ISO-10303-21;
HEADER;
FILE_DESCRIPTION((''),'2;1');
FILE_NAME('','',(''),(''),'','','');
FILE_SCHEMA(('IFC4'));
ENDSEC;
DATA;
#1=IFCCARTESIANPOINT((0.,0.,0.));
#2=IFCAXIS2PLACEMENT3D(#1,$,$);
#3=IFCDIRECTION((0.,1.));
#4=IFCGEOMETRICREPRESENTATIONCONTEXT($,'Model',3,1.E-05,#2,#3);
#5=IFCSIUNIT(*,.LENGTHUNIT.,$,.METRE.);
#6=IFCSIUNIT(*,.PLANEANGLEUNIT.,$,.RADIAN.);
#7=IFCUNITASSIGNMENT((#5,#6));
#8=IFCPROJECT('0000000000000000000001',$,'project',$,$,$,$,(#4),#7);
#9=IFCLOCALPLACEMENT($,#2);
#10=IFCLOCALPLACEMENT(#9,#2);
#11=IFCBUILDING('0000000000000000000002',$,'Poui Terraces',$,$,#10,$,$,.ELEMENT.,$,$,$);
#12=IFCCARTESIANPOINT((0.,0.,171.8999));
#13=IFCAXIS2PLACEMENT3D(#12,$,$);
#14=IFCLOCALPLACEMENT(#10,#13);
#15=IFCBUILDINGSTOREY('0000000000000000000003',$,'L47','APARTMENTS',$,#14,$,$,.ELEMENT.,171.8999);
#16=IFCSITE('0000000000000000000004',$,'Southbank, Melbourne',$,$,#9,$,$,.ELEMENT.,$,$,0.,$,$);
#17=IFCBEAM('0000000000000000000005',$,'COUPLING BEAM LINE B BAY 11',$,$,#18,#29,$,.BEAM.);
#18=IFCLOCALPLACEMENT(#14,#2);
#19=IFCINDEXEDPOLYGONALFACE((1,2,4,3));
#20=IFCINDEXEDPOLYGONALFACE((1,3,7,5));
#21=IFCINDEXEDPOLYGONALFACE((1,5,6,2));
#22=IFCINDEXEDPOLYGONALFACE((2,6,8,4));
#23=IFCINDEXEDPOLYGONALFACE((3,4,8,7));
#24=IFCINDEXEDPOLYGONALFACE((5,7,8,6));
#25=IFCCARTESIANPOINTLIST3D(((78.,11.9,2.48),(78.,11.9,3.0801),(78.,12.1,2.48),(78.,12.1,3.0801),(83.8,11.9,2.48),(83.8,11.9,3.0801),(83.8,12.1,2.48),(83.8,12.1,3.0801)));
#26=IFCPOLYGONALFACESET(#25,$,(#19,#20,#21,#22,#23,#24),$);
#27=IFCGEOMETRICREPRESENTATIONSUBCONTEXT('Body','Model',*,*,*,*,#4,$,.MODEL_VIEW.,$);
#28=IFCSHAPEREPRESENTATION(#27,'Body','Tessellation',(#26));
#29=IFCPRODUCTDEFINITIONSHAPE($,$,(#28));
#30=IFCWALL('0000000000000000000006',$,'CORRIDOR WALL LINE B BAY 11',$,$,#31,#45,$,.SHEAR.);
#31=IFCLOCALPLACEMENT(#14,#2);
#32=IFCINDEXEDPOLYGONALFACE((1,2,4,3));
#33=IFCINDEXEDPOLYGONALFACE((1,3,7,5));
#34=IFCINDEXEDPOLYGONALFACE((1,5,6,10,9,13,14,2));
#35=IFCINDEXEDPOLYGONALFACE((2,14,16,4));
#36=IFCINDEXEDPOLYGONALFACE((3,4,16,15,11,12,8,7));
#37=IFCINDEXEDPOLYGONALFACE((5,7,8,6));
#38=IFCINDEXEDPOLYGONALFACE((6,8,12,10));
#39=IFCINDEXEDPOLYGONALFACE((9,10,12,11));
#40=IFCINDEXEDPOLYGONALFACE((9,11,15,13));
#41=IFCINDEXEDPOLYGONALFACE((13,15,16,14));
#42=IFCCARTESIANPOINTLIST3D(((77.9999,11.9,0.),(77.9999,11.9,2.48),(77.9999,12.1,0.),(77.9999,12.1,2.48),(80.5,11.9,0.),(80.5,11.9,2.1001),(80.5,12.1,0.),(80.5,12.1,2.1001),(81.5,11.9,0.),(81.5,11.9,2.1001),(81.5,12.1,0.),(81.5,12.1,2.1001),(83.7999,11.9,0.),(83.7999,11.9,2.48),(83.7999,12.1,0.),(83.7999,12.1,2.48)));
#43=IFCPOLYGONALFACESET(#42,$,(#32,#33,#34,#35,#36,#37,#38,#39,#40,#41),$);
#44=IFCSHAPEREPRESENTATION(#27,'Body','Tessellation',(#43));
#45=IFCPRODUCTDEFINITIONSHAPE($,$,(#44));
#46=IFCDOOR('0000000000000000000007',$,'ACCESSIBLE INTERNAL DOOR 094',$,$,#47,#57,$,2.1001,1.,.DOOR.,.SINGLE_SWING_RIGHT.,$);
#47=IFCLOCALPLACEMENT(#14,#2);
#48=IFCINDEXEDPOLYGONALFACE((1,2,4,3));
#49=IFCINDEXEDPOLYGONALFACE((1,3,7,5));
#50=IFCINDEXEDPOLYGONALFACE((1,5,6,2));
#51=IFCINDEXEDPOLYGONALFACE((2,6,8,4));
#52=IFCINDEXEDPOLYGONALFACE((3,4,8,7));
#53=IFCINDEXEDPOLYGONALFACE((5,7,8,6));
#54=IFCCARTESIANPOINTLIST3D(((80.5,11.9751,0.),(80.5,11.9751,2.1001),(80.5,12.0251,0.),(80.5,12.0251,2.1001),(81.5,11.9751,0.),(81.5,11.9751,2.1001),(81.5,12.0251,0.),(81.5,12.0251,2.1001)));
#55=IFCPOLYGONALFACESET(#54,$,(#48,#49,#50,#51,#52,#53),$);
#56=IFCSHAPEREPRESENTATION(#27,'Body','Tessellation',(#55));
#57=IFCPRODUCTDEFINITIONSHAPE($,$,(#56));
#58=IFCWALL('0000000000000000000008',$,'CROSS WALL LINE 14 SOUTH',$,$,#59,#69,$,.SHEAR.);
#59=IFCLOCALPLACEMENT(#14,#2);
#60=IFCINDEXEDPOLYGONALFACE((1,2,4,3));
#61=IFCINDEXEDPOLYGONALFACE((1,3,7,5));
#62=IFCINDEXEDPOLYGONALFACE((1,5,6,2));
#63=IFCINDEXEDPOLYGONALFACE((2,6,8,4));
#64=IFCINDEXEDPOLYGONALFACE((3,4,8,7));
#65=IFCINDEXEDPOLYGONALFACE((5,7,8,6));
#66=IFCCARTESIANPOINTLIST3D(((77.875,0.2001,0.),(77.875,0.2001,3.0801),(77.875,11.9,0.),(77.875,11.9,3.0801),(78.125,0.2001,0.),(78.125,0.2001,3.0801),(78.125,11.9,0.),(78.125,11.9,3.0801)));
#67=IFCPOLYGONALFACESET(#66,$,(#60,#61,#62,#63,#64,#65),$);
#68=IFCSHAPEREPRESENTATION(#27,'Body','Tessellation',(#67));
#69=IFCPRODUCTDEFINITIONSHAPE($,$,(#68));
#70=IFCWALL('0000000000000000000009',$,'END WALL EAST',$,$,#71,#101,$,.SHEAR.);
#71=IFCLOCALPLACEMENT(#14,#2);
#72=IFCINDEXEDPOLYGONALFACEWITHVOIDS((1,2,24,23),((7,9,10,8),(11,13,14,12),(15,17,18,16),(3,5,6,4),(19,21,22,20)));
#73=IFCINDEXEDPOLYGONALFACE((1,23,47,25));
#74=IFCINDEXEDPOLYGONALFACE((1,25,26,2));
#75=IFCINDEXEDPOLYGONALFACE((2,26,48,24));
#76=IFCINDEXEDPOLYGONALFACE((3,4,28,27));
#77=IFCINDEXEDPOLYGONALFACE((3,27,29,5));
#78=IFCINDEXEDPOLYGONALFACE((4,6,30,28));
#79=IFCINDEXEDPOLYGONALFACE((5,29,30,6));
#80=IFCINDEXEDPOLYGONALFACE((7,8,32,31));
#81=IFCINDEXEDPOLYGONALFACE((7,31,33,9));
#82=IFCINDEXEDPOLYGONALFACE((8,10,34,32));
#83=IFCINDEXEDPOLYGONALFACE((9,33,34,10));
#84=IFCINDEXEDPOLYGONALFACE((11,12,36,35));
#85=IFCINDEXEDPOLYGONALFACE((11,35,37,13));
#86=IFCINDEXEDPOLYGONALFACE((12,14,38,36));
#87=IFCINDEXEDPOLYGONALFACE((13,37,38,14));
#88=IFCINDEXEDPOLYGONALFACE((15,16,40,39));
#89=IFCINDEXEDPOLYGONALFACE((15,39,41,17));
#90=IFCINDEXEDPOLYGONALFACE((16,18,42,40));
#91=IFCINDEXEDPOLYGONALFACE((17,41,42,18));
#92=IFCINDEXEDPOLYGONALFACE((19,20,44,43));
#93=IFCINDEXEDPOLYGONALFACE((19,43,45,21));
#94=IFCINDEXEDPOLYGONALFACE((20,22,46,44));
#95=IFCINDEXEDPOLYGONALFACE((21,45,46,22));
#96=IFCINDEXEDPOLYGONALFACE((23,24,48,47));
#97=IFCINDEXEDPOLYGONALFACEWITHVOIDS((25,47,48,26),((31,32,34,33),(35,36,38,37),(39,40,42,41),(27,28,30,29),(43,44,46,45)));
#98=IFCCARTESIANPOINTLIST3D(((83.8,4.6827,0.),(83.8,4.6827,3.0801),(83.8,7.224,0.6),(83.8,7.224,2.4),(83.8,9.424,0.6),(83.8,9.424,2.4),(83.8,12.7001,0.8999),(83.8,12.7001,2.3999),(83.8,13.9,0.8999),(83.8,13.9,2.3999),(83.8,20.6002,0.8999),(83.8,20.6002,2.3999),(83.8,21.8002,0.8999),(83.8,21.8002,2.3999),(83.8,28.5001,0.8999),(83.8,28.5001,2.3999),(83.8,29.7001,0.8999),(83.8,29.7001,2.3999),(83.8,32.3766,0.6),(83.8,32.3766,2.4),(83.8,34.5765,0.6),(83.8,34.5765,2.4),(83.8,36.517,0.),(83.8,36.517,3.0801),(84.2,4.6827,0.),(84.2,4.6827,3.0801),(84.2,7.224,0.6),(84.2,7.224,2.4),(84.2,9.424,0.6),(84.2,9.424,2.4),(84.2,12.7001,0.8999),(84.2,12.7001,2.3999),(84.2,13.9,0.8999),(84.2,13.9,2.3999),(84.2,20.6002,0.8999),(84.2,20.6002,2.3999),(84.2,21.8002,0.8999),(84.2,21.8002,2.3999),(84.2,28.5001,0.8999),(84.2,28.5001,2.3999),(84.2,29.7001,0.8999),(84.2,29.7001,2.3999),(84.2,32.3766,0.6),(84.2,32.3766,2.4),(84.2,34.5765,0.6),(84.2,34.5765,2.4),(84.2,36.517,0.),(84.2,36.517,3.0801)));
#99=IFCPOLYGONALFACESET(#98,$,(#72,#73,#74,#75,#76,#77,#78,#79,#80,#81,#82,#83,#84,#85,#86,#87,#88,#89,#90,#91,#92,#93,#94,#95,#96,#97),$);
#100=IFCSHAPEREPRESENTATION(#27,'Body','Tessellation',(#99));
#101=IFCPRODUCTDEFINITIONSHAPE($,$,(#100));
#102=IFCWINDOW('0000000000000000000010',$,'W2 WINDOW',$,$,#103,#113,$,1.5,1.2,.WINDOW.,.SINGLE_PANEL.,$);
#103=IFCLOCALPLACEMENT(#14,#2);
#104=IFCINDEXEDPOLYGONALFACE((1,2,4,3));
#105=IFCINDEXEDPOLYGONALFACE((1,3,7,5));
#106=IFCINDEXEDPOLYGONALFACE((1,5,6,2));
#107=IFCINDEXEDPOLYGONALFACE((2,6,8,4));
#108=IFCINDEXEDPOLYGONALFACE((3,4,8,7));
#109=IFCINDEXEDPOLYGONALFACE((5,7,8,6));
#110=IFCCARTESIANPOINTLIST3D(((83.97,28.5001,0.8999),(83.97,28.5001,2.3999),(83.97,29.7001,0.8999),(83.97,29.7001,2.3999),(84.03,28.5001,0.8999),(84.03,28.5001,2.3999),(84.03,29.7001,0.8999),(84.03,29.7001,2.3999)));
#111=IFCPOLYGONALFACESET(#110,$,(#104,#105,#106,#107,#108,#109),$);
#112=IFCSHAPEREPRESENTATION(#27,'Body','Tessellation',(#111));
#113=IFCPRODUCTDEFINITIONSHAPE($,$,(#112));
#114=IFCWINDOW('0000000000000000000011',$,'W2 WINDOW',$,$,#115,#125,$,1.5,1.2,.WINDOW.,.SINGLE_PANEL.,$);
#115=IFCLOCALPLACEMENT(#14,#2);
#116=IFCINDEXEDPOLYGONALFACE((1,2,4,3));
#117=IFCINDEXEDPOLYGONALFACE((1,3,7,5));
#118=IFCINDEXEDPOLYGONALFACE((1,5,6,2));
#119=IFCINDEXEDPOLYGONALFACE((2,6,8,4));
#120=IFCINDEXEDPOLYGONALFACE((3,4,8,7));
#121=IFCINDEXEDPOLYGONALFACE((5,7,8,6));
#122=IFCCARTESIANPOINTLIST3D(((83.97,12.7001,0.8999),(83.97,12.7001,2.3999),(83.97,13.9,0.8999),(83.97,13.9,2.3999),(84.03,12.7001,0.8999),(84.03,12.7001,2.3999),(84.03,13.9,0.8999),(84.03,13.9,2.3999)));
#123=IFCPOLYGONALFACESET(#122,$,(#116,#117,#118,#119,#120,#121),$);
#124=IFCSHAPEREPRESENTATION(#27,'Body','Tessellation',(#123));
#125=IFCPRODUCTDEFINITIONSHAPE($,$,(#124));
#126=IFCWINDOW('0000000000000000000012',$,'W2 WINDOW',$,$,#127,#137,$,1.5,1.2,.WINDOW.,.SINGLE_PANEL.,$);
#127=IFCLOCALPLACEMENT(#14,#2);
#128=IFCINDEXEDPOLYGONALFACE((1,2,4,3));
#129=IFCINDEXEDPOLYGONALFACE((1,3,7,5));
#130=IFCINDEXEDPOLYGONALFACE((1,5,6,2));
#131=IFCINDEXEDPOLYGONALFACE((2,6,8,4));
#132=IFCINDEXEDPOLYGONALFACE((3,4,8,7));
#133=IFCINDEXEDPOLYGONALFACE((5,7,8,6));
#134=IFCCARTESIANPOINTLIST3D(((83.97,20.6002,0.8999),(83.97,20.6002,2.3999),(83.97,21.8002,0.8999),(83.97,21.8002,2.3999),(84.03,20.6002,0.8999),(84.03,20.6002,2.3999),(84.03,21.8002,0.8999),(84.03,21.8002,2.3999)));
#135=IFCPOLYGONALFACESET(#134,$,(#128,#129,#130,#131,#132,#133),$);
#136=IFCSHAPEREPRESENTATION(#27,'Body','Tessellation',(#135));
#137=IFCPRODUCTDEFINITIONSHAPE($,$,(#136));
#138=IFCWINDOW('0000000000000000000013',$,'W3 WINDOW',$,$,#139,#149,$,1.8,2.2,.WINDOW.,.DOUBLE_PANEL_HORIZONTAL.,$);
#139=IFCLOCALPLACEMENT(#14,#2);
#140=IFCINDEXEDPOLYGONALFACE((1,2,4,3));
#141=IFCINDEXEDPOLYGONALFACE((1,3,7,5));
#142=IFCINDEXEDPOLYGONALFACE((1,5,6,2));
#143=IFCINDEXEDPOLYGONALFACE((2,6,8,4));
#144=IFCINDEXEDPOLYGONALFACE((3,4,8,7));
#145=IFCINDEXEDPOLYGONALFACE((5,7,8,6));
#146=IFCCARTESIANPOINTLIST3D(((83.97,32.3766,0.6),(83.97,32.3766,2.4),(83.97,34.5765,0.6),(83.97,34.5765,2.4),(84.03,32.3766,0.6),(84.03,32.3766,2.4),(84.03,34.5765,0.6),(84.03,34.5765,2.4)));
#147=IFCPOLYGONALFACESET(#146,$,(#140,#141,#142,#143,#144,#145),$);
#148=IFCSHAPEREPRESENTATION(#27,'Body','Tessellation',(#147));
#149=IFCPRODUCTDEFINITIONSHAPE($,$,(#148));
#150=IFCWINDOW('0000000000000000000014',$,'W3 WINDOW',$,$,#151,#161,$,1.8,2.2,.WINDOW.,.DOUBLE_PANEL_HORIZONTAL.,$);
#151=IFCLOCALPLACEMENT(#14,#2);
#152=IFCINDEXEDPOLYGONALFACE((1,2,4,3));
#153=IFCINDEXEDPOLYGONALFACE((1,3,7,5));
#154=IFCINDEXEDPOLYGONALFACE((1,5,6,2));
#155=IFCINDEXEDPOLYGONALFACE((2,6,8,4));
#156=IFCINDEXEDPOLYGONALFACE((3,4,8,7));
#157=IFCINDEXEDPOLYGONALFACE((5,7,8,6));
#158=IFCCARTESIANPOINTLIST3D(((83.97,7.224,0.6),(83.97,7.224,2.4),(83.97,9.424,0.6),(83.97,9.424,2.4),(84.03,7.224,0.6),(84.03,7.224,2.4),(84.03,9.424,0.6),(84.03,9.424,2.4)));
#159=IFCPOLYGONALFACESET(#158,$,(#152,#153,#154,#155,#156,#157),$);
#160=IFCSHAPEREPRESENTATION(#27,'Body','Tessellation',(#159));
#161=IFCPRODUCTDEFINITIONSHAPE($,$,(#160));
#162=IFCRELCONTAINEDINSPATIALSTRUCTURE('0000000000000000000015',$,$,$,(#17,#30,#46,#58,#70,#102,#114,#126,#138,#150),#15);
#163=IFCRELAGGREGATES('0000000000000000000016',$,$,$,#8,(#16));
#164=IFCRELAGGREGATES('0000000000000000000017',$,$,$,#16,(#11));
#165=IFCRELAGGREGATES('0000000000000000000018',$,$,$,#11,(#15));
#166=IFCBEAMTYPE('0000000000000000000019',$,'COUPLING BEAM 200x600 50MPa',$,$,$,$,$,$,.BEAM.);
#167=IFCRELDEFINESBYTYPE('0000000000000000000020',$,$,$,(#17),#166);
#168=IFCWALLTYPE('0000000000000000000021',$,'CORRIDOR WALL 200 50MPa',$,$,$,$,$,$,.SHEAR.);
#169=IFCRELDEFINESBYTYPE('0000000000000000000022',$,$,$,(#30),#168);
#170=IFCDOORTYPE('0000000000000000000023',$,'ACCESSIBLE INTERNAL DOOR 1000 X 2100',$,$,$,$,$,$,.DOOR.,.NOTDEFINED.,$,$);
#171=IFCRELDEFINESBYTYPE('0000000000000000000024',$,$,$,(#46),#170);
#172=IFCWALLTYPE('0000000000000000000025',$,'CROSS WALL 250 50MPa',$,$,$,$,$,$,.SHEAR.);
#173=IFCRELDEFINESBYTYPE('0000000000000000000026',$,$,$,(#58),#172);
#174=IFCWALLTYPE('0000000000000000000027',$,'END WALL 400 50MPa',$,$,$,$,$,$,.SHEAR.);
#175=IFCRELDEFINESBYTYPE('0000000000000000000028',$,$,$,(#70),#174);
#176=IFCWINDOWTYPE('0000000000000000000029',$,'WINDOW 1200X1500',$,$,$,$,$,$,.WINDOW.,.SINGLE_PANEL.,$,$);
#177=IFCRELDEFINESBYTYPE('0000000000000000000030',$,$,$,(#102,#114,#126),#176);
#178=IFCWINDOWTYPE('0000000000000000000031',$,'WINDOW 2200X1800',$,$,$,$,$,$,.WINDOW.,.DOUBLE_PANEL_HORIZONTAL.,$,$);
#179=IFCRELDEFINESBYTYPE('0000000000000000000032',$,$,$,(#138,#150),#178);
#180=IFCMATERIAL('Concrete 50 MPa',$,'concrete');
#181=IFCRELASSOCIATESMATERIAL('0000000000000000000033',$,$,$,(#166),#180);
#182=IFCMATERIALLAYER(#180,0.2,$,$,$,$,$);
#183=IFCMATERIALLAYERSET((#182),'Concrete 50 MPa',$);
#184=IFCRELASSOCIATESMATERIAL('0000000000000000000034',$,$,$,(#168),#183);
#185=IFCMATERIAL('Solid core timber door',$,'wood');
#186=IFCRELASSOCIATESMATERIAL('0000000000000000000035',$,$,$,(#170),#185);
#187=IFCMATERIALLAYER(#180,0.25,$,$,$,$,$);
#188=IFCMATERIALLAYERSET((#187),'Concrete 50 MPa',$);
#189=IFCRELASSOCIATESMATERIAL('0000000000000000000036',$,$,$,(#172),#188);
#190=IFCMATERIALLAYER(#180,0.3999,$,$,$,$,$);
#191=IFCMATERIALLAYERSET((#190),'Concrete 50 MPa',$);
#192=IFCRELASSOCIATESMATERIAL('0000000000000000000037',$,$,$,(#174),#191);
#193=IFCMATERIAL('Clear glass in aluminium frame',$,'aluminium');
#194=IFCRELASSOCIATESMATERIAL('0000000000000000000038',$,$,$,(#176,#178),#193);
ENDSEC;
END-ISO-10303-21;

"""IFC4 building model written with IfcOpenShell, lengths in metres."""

from ifc_helpers import new_model, si_unit, direction, frame, frame_2d, origin, origin_2d, place, context, subcontext, project, spatial, rectangle, extrude, source, transform, mapped, material, layer, layer_set, material_profile, profile_set, type_object, element, fill, save


model = new_model("IFC4")

# Units and contexts
model_context = context("Model", 3, precision=1e-05, world=origin(), true_north=direction((0.0, 1.0)))
body_context = subcontext(model_context, "Body", "Model", "MODEL_VIEW")
ifc_project = project(units=[si_unit("LENGTHUNIT", "METRE"), si_unit("PLANEANGLEUNIT", "RADIAN")], contexts=[model_context])

# Site, building, storey
site_placement = place(None, origin())
site = spatial("IfcSite", under=ifc_project, at=site_placement, Name="Southbank, Melbourne", CompositionType="ELEMENT", RefElevation=0.0)
building_placement = place(site_placement, origin())
building = spatial("IfcBuilding", under=site, at=building_placement, Name="Poui Terraces", CompositionType="ELEMENT")
storey_placement = place(building_placement, frame((0.0, 0.0, 171.8999)))
storey = spatial("IfcBuildingStorey", under=building, at=storey_placement, Name="L47", Description="APARTMENTS", CompositionType="ELEMENT", Elevation=171.8999)

# Beam
ifc_material_1 = material(Name="Concrete 50 MPa", Category="concrete")
ifc_material_profile_1 = material_profile(ifc_material_1, rectangle(XDim=0.2, YDim=0.6001, at=origin_2d()), Name="RC 200x600")
ifc_profile_set_1 = profile_set([ifc_material_profile_1], Name="Concrete 50 MPa")
beam_type = type_object("IfcBeamType", Name="COUPLING BEAM 200x600 50MPa", PredefinedType="BEAM", material=ifc_profile_set_1)
shared_shape_1 = source(origin(), body_context, "Body", "SweptSolid", [
    extrude(rectangle(XDim=0.2, YDim=0.6001, at=origin_2d()), origin(), (0.0, 0.0, 1.0), 5.8),
])
beam_placement = place(storey_placement, frame((78.0, 12.0, 2.78), z_axis=(1.0, 0.0, 0.0), x_axis=(0.0, 1.0, 0.0)))
element("IfcBeam", 1, at=beam_placement, inside=storey, type_object=beam_type, Name="COUPLING BEAM LINE B BAY 11", PredefinedType="BEAM", context=body_context, shape_type="MappedRepresentation", body=[
    mapped(shared_shape_1, transform((0.0, 0.0, 0.0))),
])

# Wall, opening, door
ifc_layer_1 = layer(ifc_material_1, 0.2)
ifc_layer_set_1 = layer_set([ifc_layer_1], Name="Concrete 50 MPa")
wall_type_1 = type_object("IfcWallType", Name="CORRIDOR WALL 200 50MPa", PredefinedType="SHEAR", material=ifc_layer_set_1)
wall_1_placement = place(storey_placement, frame((78.0, 12.0, 0.0), z_axis=(0.0, 0.0, 1.0), x_axis=(1.0, 0.0, 0.0)))
wall_1 = element("IfcWall", 2, at=wall_1_placement, inside=storey, type_object=wall_type_1, Name="CORRIDOR WALL LINE B BAY 11", PredefinedType="SHEAR", context=body_context, shape_type="SweptSolid", body=[
    extrude(rectangle(XDim=5.8, YDim=0.2, at=frame_2d((2.8999, 0.0))), origin(), (0.0, 0.0, 1.0), 2.48),
])
opening_1_placement = place(wall_1_placement, frame((2.5, 0.0, 0.0)))
opening_1 = element("IfcOpeningElement", 3, at=opening_1_placement, cuts=wall_1, PredefinedType="OPENING", context=body_context, shape_type="SweptSolid", body=[
    extrude(rectangle(XDim=1.0, YDim=2.1001, at=frame_2d((0.5, 1.05))), frame((0.0, 0.1099, 0.0), z_axis=(0.0, -1.0, 0.0), x_axis=(1.0, 0.0, 0.0)), (0.0, 0.0, 1.0), 0.22),
])
ifc_material_2 = material(Name="Solid core timber door", Category="wood")
door_type_1 = type_object("IfcDoorType", Name="ACCESSIBLE INTERNAL DOOR 1000 X 2100", OperationType="NOTDEFINED", PredefinedType="DOOR", material=ifc_material_2)
door_1_placement = place(opening_1_placement, frame((1.0, 0.0, 0.0), z_axis=(0.0, 0.0, 1.0), x_axis=(-1.0, 0.0, 0.0)))
door_1 = element("IfcDoor", 4, at=door_1_placement, inside=storey, type_object=door_type_1, Name="ACCESSIBLE INTERNAL DOOR 094", OperationType="SINGLE_SWING_RIGHT", OverallHeight=2.1001, OverallWidth=1.0, PredefinedType="DOOR", context=body_context, shape_type="SweptSolid", body=[
    extrude(rectangle(XDim=1.0, YDim=2.1001, at=frame_2d((0.5, 1.05))), frame((0.0, 0.0249, 0.0), z_axis=(0.0, -1.0, 0.0), x_axis=(1.0, 0.0, 0.0)), (0.0, 0.0, 1.0), 0.05),
])
fill(opening_1, door_1)

# Wall
ifc_layer_2 = layer(ifc_material_1, 0.25)
ifc_layer_set_2 = layer_set([ifc_layer_2], Name="Concrete 50 MPa")
wall_type_2 = type_object("IfcWallType", Name="CROSS WALL 250 50MPa", PredefinedType="SHEAR", material=ifc_layer_set_2)
wall_2_placement = place(storey_placement, frame((78.0, 0.2, 0.0), z_axis=(0.0, 0.0, 1.0), x_axis=(0.0, 1.0, 0.0)))
element("IfcWall", 5, at=wall_2_placement, inside=storey, type_object=wall_type_2, Name="CROSS WALL LINE 14 SOUTH", PredefinedType="SHEAR", context=body_context, shape_type="SweptSolid", body=[
    extrude(rectangle(XDim=11.7, YDim=0.25, at=frame_2d((5.8501, 0.0))), origin(), (0.0, 0.0, 1.0), 3.0801),
])

# Wall, openings, windows
ifc_layer_3 = layer(ifc_material_1, 0.3999)
ifc_layer_set_3 = layer_set([ifc_layer_3], Name="Concrete 50 MPa")
wall_type_3 = type_object("IfcWallType", Name="END WALL 400 50MPa", PredefinedType="SHEAR", material=ifc_layer_set_3)
wall_3_placement = place(storey_placement, frame((84.0, 4.6829, 0.0), z_axis=(0.0, 0.0, 1.0), x_axis=(0.0, 1.0, 0.0)))
wall_3 = element("IfcWall", 6, at=wall_3_placement, inside=storey, type_object=wall_type_3, Name="END WALL EAST", PredefinedType="SHEAR", context=body_context, shape_type="SweptSolid", body=[
    extrude(rectangle(XDim=31.8342, YDim=0.3999, at=frame_2d((15.917, 0.0))), origin(), (0.0, 0.0, 1.0), 3.0801),
])
opening_2_placement = place(wall_3_placement, frame((23.8171, 0.0, 0.8999)))
opening_2 = element("IfcOpeningElement", 7, at=opening_2_placement, cuts=wall_3, PredefinedType="OPENING", context=body_context, shape_type="SweptSolid", body=[
    extrude(rectangle(XDim=1.2, YDim=1.5, at=frame_2d((0.6001, 0.75))), frame((0.0, 0.21, 0.0), z_axis=(0.0, -1.0, 0.0), x_axis=(1.0, 0.0, 0.0)), (0.0, 0.0, 1.0), 0.4199),
])
opening_3_placement = place(wall_3_placement, frame((8.0171, 0.0, 0.8999)))
opening_3 = element("IfcOpeningElement", 8, at=opening_3_placement, cuts=wall_3, PredefinedType="OPENING", context=body_context, shape_type="SweptSolid", body=[
    extrude(rectangle(XDim=1.2, YDim=1.5, at=frame_2d((0.6001, 0.75))), frame((0.0, 0.21, 0.0), z_axis=(0.0, -1.0, 0.0), x_axis=(1.0, 0.0, 0.0)), (0.0, 0.0, 1.0), 0.4199),
])
opening_4_placement = place(wall_3_placement, frame((27.6936, 0.0, 0.6001)))
opening_4 = element("IfcOpeningElement", 9, at=opening_4_placement, cuts=wall_3, PredefinedType="OPENING", context=body_context, shape_type="SweptSolid", body=[
    extrude(rectangle(XDim=2.2, YDim=1.8, at=frame_2d((1.1001, 0.8999))), frame((0.0, 0.21, 0.0), z_axis=(0.0, -1.0, 0.0), x_axis=(1.0, 0.0, 0.0)), (0.0, 0.0, 1.0), 0.4199),
])
opening_5_placement = place(wall_3_placement, frame((2.541, 0.0, 0.6001)))
opening_5 = element("IfcOpeningElement", 10, at=opening_5_placement, cuts=wall_3, PredefinedType="OPENING", context=body_context, shape_type="SweptSolid", body=[
    extrude(rectangle(XDim=2.2, YDim=1.8, at=frame_2d((1.1001, 0.8999))), frame((0.0, 0.21, 0.0), z_axis=(0.0, -1.0, 0.0), x_axis=(1.0, 0.0, 0.0)), (0.0, 0.0, 1.0), 0.4199),
])
opening_6_placement = place(wall_3_placement, frame((15.9172, 0.0, 0.8999)))
opening_6 = element("IfcOpeningElement", 11, at=opening_6_placement, cuts=wall_3, PredefinedType="OPENING", context=body_context, shape_type="SweptSolid", body=[
    extrude(rectangle(XDim=1.2, YDim=1.5, at=frame_2d((0.6001, 0.75))), frame((0.0, 0.21, 0.0), z_axis=(0.0, -1.0, 0.0), x_axis=(1.0, 0.0, 0.0)), (0.0, 0.0, 1.0), 0.4199),
])
ifc_material_3 = material(Name="Clear glass in aluminium frame", Category="aluminium")
window_type_1 = type_object("IfcWindowType", Name="WINDOW 1200X1500", PartitioningType="SINGLE_PANEL", PredefinedType="WINDOW", material=ifc_material_3)
window_1_placement = place(opening_2_placement, origin())
window_1 = element("IfcWindow", 12, at=window_1_placement, inside=storey, type_object=window_type_1, Name="W2 WINDOW", OverallHeight=1.5, OverallWidth=1.2, PartitioningType="SINGLE_PANEL", PredefinedType="WINDOW", context=body_context, shape_type="SweptSolid", body=[
    extrude(rectangle(XDim=1.2, YDim=1.5, at=frame_2d((0.6001, 0.75))), frame((0.0, 0.03, 0.0), z_axis=(0.0, -1.0, 0.0), x_axis=(1.0, 0.0, 0.0)), (0.0, 0.0, 1.0), 0.0601),
])
fill(opening_2, window_1)
window_2_placement = place(opening_3_placement, origin())
window_2 = element("IfcWindow", 13, at=window_2_placement, inside=storey, type_object=window_type_1, Name="W2 WINDOW", OverallHeight=1.5, OverallWidth=1.2, PartitioningType="SINGLE_PANEL", PredefinedType="WINDOW", context=body_context, shape_type="SweptSolid", body=[
    extrude(rectangle(XDim=1.2, YDim=1.5, at=frame_2d((0.6001, 0.75))), frame((0.0, 0.03, 0.0), z_axis=(0.0, -1.0, 0.0), x_axis=(1.0, 0.0, 0.0)), (0.0, 0.0, 1.0), 0.0601),
])
fill(opening_3, window_2)
window_3_placement = place(opening_6_placement, origin())
window_3 = element("IfcWindow", 14, at=window_3_placement, inside=storey, type_object=window_type_1, Name="W2 WINDOW", OverallHeight=1.5, OverallWidth=1.2, PartitioningType="SINGLE_PANEL", PredefinedType="WINDOW", context=body_context, shape_type="SweptSolid", body=[
    extrude(rectangle(XDim=1.2, YDim=1.5, at=frame_2d((0.6001, 0.75))), frame((0.0, 0.03, 0.0), z_axis=(0.0, -1.0, 0.0), x_axis=(1.0, 0.0, 0.0)), (0.0, 0.0, 1.0), 0.0601),
])
fill(opening_6, window_3)
window_type_2 = type_object("IfcWindowType", Name="WINDOW 2200X1800", PartitioningType="DOUBLE_PANEL_HORIZONTAL", PredefinedType="WINDOW", material=ifc_material_3)
window_4_placement = place(opening_4_placement, origin())
window_4 = element("IfcWindow", 15, at=window_4_placement, inside=storey, type_object=window_type_2, Name="W3 WINDOW", OverallHeight=1.8, OverallWidth=2.2, PartitioningType="DOUBLE_PANEL_HORIZONTAL", PredefinedType="WINDOW", context=body_context, shape_type="SweptSolid", body=[
    extrude(rectangle(XDim=2.2, YDim=1.8, at=frame_2d((1.1001, 0.8999))), frame((0.0, 0.03, 0.0), z_axis=(0.0, -1.0, 0.0), x_axis=(1.0, 0.0, 0.0)), (0.0, 0.0, 1.0), 0.0601),
])
fill(opening_4, window_4)
window_5_placement = place(opening_5_placement, origin())
window_5 = element("IfcWindow", 16, at=window_5_placement, inside=storey, type_object=window_type_2, Name="W3 WINDOW", OverallHeight=1.8, OverallWidth=2.2, PartitioningType="DOUBLE_PANEL_HORIZONTAL", PredefinedType="WINDOW", context=body_context, shape_type="SweptSolid", body=[
    extrude(rectangle(XDim=2.2, YDim=1.8, at=frame_2d((1.1001, 0.8999))), frame((0.0, 0.03, 0.0), z_axis=(0.0, -1.0, 0.0), x_axis=(1.0, 0.0, 0.0)), (0.0, 0.0, 1.0), 0.0601),
])
fill(opening_5, window_5)

save(model, "model.ifc")
